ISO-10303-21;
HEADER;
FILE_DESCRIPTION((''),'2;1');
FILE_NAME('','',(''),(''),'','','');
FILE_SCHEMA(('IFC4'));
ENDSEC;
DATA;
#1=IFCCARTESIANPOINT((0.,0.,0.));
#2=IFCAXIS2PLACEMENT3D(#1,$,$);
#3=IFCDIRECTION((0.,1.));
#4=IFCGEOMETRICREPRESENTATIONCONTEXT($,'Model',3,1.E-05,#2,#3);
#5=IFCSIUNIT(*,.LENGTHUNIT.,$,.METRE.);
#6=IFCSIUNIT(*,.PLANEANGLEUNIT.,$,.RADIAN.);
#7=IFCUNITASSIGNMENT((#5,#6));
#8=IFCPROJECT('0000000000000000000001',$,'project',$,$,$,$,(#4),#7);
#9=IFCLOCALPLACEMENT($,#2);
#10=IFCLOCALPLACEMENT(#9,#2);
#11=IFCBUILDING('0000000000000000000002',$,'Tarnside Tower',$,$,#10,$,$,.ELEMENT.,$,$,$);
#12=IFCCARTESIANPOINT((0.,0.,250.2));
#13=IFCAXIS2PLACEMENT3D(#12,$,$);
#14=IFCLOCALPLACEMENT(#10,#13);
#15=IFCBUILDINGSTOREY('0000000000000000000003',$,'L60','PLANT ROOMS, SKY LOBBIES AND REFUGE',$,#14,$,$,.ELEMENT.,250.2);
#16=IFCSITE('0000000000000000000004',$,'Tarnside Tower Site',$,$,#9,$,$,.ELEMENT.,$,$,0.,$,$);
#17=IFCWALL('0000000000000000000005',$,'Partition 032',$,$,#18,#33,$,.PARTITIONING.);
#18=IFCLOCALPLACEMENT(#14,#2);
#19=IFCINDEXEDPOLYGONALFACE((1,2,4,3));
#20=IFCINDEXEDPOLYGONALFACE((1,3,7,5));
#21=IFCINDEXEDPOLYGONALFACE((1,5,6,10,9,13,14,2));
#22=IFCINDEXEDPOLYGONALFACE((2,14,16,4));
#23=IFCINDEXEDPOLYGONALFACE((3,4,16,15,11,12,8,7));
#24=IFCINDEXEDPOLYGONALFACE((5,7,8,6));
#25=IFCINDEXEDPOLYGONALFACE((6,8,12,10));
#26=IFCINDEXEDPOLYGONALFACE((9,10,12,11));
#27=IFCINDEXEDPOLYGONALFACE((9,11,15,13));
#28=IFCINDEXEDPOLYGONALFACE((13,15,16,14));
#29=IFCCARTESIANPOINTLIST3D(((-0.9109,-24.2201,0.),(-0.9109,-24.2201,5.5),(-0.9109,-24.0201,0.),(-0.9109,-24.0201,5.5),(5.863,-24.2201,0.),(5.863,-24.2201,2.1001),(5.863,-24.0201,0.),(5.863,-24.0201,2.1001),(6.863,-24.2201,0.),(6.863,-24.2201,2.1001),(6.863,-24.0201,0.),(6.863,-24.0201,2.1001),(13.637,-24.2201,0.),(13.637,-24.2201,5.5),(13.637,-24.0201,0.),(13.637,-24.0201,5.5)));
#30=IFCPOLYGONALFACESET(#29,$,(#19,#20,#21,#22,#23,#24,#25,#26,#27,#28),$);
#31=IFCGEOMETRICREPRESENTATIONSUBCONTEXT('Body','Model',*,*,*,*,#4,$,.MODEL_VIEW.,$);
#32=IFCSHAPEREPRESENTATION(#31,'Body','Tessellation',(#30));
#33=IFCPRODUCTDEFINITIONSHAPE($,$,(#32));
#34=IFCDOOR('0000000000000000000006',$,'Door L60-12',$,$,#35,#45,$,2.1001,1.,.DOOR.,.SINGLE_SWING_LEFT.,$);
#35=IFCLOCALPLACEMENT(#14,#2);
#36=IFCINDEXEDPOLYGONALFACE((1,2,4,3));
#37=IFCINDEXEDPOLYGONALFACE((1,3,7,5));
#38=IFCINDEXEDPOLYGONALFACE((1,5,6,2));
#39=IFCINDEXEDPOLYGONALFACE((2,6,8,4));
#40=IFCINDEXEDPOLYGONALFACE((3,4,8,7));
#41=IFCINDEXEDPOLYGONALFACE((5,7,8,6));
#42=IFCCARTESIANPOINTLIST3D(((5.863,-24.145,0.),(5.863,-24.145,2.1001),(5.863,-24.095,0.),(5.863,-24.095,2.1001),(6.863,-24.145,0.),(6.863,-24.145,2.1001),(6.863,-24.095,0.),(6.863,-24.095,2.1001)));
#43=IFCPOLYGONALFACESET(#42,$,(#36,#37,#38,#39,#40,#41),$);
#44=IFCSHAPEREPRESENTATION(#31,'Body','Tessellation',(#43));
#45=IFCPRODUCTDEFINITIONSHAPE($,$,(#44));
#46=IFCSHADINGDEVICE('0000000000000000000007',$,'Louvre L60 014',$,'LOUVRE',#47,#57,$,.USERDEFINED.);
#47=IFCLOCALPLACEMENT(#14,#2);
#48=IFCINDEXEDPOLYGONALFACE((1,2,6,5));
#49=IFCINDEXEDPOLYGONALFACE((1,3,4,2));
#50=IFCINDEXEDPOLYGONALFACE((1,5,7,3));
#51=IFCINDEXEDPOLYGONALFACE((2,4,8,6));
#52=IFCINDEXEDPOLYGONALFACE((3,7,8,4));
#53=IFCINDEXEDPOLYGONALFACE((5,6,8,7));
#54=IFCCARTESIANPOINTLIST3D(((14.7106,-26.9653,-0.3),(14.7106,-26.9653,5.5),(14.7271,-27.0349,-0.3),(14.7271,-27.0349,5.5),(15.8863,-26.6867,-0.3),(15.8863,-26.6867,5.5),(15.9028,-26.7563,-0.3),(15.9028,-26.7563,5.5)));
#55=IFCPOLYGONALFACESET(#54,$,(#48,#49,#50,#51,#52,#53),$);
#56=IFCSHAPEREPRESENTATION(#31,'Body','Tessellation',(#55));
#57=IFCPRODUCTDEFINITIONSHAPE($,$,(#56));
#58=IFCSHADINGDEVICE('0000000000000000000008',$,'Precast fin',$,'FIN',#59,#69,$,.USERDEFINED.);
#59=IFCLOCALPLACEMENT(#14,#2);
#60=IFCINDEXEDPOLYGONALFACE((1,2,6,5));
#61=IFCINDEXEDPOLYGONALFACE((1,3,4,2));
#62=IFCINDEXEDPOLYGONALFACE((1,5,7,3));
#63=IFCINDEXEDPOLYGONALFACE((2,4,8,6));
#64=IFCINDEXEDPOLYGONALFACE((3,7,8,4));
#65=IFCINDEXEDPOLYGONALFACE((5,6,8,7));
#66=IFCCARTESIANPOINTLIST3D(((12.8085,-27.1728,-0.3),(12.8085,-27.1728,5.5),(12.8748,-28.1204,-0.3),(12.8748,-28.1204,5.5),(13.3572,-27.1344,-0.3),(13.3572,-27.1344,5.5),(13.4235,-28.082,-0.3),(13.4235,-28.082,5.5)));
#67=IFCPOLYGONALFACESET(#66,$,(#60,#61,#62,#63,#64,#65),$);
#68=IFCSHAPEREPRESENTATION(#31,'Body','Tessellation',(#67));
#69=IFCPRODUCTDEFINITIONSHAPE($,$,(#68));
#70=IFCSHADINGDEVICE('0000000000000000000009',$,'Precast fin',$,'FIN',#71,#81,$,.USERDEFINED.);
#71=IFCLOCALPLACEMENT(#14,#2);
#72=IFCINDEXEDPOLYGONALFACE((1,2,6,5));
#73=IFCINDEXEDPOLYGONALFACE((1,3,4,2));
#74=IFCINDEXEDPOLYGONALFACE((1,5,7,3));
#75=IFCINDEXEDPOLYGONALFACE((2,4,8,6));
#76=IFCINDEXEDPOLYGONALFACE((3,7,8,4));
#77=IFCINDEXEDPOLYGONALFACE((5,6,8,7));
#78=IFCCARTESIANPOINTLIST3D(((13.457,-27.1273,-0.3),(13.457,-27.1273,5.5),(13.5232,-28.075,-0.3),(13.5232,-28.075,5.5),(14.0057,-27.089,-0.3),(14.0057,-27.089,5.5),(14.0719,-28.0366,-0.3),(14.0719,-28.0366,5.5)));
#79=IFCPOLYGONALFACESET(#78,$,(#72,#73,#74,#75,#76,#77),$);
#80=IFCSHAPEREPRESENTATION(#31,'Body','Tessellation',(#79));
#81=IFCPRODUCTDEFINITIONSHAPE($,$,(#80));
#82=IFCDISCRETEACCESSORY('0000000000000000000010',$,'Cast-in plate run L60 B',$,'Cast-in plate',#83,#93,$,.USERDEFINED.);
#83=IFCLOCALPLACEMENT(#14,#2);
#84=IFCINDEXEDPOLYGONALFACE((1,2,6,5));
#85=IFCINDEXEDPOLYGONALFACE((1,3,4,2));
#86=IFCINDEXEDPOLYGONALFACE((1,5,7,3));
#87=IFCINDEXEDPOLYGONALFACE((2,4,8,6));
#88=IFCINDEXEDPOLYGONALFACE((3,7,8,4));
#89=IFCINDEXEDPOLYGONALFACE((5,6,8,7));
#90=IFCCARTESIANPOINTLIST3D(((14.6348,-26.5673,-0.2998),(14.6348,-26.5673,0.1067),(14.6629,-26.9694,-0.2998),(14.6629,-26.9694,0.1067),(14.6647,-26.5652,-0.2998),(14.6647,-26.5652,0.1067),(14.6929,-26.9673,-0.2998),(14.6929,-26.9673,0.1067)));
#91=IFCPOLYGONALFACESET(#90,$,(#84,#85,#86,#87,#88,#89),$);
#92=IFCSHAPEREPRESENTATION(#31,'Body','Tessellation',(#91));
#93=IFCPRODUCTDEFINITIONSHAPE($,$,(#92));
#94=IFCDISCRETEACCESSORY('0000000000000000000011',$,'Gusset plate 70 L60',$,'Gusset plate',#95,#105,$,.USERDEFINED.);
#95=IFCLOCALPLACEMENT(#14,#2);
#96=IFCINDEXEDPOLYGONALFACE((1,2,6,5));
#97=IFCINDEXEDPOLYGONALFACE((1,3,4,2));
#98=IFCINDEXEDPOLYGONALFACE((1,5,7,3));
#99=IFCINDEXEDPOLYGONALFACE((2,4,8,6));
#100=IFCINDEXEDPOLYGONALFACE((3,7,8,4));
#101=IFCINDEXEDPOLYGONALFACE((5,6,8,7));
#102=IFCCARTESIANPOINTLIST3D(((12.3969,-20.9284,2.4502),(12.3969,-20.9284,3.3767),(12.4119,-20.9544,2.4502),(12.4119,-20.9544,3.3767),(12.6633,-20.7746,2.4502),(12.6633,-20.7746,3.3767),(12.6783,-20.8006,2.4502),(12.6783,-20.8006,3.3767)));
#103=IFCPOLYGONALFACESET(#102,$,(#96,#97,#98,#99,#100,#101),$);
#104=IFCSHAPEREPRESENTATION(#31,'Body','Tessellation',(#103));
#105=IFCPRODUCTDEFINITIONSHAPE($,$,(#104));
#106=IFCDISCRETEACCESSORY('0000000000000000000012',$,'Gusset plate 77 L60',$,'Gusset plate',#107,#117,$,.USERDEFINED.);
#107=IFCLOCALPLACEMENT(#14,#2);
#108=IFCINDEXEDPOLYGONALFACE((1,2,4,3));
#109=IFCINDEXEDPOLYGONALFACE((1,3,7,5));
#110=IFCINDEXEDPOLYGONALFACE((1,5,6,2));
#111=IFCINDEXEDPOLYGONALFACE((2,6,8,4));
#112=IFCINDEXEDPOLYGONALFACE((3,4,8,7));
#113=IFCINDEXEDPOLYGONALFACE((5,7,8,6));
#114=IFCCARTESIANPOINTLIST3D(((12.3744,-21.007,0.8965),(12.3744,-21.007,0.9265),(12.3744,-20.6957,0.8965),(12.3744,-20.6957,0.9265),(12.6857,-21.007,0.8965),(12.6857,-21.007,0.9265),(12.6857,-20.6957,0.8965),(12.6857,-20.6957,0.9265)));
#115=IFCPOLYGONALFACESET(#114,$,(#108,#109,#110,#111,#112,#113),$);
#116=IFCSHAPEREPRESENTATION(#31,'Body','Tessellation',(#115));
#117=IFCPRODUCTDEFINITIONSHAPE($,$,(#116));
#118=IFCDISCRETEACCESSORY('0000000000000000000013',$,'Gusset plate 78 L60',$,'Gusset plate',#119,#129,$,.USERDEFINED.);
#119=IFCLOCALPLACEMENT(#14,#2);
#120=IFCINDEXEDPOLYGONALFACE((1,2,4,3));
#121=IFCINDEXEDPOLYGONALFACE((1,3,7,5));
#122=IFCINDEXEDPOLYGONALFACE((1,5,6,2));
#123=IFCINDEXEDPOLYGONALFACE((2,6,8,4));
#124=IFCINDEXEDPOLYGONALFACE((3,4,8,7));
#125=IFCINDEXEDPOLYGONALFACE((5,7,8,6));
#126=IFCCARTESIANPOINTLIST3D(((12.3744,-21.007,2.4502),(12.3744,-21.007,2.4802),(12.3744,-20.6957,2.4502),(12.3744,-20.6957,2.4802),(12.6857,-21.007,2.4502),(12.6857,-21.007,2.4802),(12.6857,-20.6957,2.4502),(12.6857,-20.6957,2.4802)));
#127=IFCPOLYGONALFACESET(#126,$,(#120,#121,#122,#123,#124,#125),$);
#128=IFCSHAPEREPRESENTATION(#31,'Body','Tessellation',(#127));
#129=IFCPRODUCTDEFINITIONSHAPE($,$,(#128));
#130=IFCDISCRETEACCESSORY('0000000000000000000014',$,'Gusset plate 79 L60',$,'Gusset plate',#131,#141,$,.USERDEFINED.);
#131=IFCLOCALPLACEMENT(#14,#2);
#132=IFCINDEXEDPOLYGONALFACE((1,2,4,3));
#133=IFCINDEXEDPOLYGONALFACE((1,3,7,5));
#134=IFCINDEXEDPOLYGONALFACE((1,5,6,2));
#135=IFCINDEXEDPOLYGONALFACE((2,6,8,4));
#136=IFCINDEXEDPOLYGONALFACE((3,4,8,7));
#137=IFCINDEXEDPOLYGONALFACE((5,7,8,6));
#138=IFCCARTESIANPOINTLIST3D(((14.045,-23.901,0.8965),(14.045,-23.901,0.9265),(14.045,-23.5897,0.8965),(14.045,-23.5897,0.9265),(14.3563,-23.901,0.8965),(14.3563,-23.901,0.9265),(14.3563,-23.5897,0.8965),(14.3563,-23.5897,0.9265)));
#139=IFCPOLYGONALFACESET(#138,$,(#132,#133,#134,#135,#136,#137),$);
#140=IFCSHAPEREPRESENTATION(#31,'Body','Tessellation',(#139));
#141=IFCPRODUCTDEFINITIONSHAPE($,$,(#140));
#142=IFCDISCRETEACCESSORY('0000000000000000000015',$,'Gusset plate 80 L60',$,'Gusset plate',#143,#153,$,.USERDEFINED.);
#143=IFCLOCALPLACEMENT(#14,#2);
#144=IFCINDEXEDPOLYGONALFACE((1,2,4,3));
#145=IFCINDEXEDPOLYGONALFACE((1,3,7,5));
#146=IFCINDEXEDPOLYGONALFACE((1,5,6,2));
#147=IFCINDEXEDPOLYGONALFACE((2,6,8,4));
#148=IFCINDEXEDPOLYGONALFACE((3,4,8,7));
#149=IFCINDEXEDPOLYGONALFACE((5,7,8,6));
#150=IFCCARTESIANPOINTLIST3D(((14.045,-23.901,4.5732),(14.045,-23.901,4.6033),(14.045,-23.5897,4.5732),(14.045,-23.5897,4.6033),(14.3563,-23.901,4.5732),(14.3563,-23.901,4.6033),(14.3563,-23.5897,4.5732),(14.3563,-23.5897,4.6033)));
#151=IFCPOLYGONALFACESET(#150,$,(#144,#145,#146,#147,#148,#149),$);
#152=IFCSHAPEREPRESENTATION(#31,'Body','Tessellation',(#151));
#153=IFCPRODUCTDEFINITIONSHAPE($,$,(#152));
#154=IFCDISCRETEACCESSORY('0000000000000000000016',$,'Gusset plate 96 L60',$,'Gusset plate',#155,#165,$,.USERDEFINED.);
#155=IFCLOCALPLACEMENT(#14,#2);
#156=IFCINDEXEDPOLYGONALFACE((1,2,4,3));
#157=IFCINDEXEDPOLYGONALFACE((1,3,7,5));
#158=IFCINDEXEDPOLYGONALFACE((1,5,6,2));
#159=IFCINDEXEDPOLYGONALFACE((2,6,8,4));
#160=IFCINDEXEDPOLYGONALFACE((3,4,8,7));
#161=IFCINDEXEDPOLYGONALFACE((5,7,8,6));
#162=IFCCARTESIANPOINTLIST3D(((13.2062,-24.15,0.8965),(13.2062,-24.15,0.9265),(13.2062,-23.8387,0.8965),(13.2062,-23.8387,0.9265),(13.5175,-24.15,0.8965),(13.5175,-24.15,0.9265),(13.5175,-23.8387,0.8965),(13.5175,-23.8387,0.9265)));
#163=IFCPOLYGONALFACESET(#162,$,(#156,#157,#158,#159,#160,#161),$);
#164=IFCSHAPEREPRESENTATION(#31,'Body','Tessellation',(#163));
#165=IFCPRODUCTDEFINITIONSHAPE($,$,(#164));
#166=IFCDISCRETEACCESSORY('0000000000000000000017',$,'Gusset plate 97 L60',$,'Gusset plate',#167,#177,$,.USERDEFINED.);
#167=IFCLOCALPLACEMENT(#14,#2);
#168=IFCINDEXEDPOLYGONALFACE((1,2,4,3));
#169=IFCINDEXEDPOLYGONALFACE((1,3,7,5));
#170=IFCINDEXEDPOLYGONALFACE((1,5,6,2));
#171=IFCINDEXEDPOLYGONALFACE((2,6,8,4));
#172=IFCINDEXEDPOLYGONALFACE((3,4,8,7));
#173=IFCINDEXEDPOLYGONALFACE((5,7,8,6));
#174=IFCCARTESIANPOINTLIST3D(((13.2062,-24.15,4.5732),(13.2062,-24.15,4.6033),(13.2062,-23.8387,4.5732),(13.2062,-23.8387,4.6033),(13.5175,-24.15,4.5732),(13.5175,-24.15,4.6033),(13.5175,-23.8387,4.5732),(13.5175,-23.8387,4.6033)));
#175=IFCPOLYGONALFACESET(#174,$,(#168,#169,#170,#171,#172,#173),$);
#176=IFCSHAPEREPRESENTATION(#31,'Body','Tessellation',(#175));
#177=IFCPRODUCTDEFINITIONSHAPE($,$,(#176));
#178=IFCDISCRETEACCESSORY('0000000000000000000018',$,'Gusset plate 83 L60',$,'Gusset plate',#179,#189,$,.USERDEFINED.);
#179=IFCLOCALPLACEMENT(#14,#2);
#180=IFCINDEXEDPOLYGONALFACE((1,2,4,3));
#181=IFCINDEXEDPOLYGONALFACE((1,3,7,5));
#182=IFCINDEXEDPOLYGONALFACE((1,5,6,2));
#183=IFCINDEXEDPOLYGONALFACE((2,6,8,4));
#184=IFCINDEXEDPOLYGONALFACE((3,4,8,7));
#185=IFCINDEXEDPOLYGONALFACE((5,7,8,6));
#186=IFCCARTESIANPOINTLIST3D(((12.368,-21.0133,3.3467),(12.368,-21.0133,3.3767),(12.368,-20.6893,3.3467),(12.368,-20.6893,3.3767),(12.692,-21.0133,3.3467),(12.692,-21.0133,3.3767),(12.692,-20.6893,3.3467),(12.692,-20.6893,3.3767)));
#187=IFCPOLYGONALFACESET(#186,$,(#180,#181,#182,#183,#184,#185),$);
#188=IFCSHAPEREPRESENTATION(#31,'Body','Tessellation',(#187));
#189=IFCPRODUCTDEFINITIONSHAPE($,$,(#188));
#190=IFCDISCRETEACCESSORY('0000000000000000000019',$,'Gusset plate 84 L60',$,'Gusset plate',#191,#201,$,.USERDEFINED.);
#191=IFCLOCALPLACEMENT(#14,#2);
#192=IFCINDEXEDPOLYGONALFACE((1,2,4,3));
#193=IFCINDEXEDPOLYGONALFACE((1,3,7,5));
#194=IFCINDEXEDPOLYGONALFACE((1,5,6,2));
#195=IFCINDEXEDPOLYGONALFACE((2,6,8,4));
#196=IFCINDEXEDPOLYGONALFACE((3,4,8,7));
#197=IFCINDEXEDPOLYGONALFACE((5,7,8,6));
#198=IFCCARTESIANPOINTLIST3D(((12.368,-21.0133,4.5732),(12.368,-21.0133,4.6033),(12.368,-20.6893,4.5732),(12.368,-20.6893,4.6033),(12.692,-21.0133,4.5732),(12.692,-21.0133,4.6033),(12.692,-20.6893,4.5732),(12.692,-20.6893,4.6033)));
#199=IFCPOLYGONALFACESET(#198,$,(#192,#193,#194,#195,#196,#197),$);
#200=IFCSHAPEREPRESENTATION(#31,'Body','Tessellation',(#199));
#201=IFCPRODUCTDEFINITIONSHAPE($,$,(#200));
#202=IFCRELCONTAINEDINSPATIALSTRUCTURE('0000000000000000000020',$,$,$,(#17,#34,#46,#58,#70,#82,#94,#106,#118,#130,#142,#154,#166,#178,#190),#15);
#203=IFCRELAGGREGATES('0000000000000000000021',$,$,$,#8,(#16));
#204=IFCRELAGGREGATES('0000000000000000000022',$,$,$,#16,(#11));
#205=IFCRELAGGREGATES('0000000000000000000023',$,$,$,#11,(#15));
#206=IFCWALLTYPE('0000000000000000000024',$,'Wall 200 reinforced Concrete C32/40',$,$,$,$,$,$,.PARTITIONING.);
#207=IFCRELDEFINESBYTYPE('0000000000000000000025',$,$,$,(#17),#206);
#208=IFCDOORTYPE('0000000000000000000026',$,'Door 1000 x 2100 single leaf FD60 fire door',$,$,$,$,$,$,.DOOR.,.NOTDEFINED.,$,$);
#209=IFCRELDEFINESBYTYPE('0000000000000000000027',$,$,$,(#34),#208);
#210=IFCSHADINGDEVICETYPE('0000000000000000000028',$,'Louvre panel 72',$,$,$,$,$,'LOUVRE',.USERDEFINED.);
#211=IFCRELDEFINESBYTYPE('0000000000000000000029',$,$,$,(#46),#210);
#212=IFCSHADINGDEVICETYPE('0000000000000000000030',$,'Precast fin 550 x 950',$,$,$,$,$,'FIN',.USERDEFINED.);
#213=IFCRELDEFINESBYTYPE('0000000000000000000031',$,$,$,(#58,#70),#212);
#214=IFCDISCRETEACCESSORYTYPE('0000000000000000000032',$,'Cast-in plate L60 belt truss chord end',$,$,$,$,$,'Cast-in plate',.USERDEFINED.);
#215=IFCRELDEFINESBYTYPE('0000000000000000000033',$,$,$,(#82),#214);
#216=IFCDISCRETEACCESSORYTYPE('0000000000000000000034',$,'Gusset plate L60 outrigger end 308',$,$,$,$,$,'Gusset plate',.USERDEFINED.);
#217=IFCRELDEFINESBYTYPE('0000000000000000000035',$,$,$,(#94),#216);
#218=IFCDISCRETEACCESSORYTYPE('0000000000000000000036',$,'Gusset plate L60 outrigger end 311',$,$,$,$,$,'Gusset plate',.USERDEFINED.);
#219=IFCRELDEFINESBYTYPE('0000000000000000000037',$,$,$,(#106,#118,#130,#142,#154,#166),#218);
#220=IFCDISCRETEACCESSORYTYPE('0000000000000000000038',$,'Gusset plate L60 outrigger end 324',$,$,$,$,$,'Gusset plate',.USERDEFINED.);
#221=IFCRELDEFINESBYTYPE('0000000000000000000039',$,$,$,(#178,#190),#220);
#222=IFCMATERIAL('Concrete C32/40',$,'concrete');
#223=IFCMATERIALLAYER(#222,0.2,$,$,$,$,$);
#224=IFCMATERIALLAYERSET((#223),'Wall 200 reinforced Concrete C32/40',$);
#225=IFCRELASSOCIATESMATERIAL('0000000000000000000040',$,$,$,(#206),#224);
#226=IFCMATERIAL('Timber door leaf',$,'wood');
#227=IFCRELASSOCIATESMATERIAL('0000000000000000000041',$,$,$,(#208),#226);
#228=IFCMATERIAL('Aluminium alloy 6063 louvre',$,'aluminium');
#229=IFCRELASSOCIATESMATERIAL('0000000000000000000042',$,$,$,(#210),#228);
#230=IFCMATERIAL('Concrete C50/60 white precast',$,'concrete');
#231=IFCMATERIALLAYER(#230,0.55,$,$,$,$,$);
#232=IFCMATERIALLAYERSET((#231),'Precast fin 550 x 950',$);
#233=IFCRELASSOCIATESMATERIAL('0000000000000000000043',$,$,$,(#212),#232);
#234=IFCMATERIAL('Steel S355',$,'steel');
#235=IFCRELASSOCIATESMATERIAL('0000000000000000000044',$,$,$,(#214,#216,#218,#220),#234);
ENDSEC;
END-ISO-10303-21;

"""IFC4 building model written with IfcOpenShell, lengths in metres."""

from ifc_helpers import new_model, si_unit, direction, frame, frame_2d, origin, origin_2d, place, context, subcontext, project, spatial, polyline, rectangle, outline, extrude, material, layer, layer_set, type_object, element, fill, save


model = new_model("IFC4")

# Units and contexts
model_context = context("Model", 3, precision=1e-05, world=origin(), true_north=direction((0.0, 1.0)))
body_context = subcontext(model_context, "Body", "Model", "MODEL_VIEW")
ifc_project = project(units=[si_unit("LENGTHUNIT", "METRE"), si_unit("PLANEANGLEUNIT", "RADIAN")], contexts=[model_context])

# Site, building, storey
site_placement = place(None, origin())
site = spatial("IfcSite", under=ifc_project, at=site_placement, Name="Tarnside Tower Site", CompositionType="ELEMENT", RefElevation=0.0)
building_placement = place(site_placement, origin())
building = spatial("IfcBuilding", under=site, at=building_placement, Name="Tarnside Tower", CompositionType="ELEMENT")
storey_placement = place(building_placement, frame((0.0, 0.0, 250.2)))
storey = spatial("IfcBuildingStorey", under=building, at=storey_placement, Name="L60", Description="PLANT ROOMS, SKY LOBBIES AND REFUGE", CompositionType="ELEMENT", Elevation=250.2)

# Shared definitions
ifc_material_1 = material(Name="Steel S355", Category="steel")

# Wall, opening, door
ifc_material_2 = material(Name="Concrete C32/40", Category="concrete")
ifc_layer_1 = layer(ifc_material_2, 0.2)
ifc_layer_set_1 = layer_set([ifc_layer_1], Name="Wall 200 reinforced Concrete C32/40")
wall_type_1 = type_object("IfcWallType", Name="Wall 200 reinforced Concrete C32/40", PredefinedType="PARTITIONING", material=ifc_layer_set_1)
wall_1_placement = place(storey_placement, frame((13.637, -24.1201, 0.0), z_axis=(0.0, 0.0, 1.0), x_axis=(-1.0, 0.0, 0.0)))
wall_1 = element("IfcWall", 1, at=wall_1_placement, inside=storey, type_object=wall_type_1, Name="Partition 032", PredefinedType="PARTITIONING", context=body_context, shape_type="SweptSolid", body=[
    extrude(rectangle(XDim=14.5479, YDim=0.2, at=frame_2d((7.2739, 0.0))), origin(), (0.0, 0.0, 1.0), 5.5),
])
opening_placement = place(wall_1_placement, frame((6.7739, 0.0, 0.0)))
opening = element("IfcOpeningElement", 2, at=opening_placement, cuts=wall_1, PredefinedType="OPENING", context=body_context, shape_type="SweptSolid", body=[
    extrude(rectangle(XDim=1.0, YDim=2.1001, at=frame_2d((0.5, 1.05))), frame((0.0, 0.1099, 0.0), z_axis=(0.0, -1.0, 0.0), x_axis=(1.0, 0.0, 0.0)), (0.0, 0.0, 1.0), 0.22),
])
ifc_material_3 = material(Name="Timber door leaf", Category="wood")
door_type = type_object("IfcDoorType", Name="Door 1000 x 2100 single leaf FD60 fire door", OperationType="NOTDEFINED", PredefinedType="DOOR", material=ifc_material_3)
door_placement = place(opening_placement, origin())
door = element("IfcDoor", 3, at=door_placement, inside=storey, type_object=door_type, Name="Door L60-12", OperationType="SINGLE_SWING_LEFT", OverallHeight=2.1001, OverallWidth=1.0, PredefinedType="DOOR", context=body_context, shape_type="SweptSolid", body=[
    extrude(rectangle(XDim=1.0, YDim=2.1001, at=frame_2d((0.5, 1.05))), frame((0.0, 0.0249, 0.0), z_axis=(0.0, -1.0, 0.0), x_axis=(1.0, 0.0, 0.0)), (0.0, 0.0, 1.0), 0.05),
])
fill(opening, door)

# Shading devices
ifc_material_4 = material(Name="Aluminium alloy 6063 louvre", Category="aluminium")
shading_device_type_1 = type_object("IfcShadingDeviceType", Name="Louvre panel 72", ElementType="LOUVRE", PredefinedType="USERDEFINED", material=ifc_material_4)
shading_device_placement = place(storey_placement, frame((15.2986, -26.8259, -0.3), z_axis=(-0.973053, -0.23058, 0.0), x_axis=(0.23058, -0.973053, 0.0)))
element("IfcShadingDevice", 4, at=shading_device_placement, inside=storey, type_object=shading_device_type_1, Name="Louvre L60 014", ObjectType="LOUVRE", PredefinedType="USERDEFINED", context=body_context, shape_type="SweptSolid", body=[
    extrude(outline(polyline([(0.0, 0.0), (0.0715, 0.0), (0.0715, 5.8), (0.0, 5.8), (0.0, 0.0)])), frame((0.0, 0.0, -0.604)), (0.0, 0.0, 1.0), 1.2083),
])
ifc_material_5 = material(Name="Concrete C50/60 white precast", Category="concrete")
ifc_layer_2 = layer(ifc_material_5, 0.55)
ifc_layer_set_2 = layer_set([ifc_layer_2], Name="Precast fin 550 x 950")
shading_device_type_2 = type_object("IfcShadingDeviceType", Name="Precast fin 550 x 950", ElementType="FIN", PredefinedType="USERDEFINED", material=ifc_layer_set_2)
for number, where, z_axis, x_axis, name in (
    (5, (13.083, -27.1536, -0.3), (-0.997564, -0.069756, 0.0), (0.069756, -0.997564, 0.0), "Precast fin"),
    (6, (13.7314, -27.1082, -0.3), (-0.997564, -0.069756, 0.0), (0.069756, -0.997564, 0.0), "Precast fin"),
):
    element("IfcShadingDevice", number, at=place(storey_placement, frame(where, z_axis=z_axis, x_axis=x_axis)), inside=storey, type_object=shading_device_type_2, Name=name, ObjectType="FIN", PredefinedType="USERDEFINED", context=body_context, shape_type="SweptSolid", body=[
        extrude(outline(polyline([(0.0, 0.0), (0.95, 0.0), (0.95, 5.8), (0.0, 5.8), (0.0, 0.0)])), frame((0.0, 0.0, -0.2749)), (0.0, 0.0, 1.0), 0.55),
    ])

# Discrete accessories
discrete_accessory_type_1 = type_object("IfcDiscreteAccessoryType", Name="Cast-in plate L60 belt truss chord end", ElementType="Cast-in plate", PredefinedType="USERDEFINED", material=ifc_material_1)
discrete_accessory_1_placement = place(storey_placement, frame((14.6638, -26.7673, -0.2998), z_axis=(0.0, 0.0, 1.0), x_axis=(0.997564, 0.069756, 0.0)))
element("IfcDiscreteAccessory", 7, at=discrete_accessory_1_placement, inside=storey, type_object=discrete_accessory_type_1, Name="Cast-in plate run L60 B", ObjectType="Cast-in plate", PredefinedType="USERDEFINED", context=body_context, shape_type="SweptSolid", body=[
    extrude(rectangle(XDim=0.03, YDim=0.4031, at=origin_2d()), origin(), (0.0, 0.0, 1.0), 0.4065),
])
discrete_accessory_type_2 = type_object("IfcDiscreteAccessoryType", Name="Gusset plate L60 outrigger end 308", ElementType="Gusset plate", PredefinedType="USERDEFINED", material=ifc_material_1)
discrete_accessory_2_placement = place(storey_placement, frame((12.5376, -20.8645, 2.4502), z_axis=(0.0, 0.0, 1.0), x_axis=(0.500002, -0.866025, 0.0)))
element("IfcDiscreteAccessory", 8, at=discrete_accessory_2_placement, inside=storey, type_object=discrete_accessory_type_2, Name="Gusset plate 70 L60", ObjectType="Gusset plate", PredefinedType="USERDEFINED", context=body_context, shape_type="SweptSolid", body=[
    extrude(rectangle(XDim=0.03, YDim=0.3076, at=origin_2d()), origin(), (0.0, 0.0, 1.0), 0.9265),
])
discrete_accessory_type_3 = type_object("IfcDiscreteAccessoryType", Name="Gusset plate L60 outrigger end 311", ElementType="Gusset plate", PredefinedType="USERDEFINED", material=ifc_material_1)
for number, where, z_axis, x_axis, name in (
    (9, (12.53, -20.8513, 0.8965), (0.0, 0.0, 1.0), (1.0, 0.0, 0.0), "Gusset plate 77 L60"),
    (10, (12.53, -20.8513, 2.4502), (0.0, 0.0, 1.0), (1.0, 0.0, 0.0), "Gusset plate 78 L60"),
    (11, (14.2007, -23.7454, 0.8965), (0.0, 0.0, 1.0), (1.0, 0.0, 0.0), "Gusset plate 79 L60"),
    (12, (14.2007, -23.7454, 4.5732), (0.0, 0.0, 1.0), (1.0, 0.0, 0.0), "Gusset plate 80 L60"),
    (13, (13.3618, -23.9944, 0.8965), (0.0, 0.0, 1.0), (1.0, 0.0, 0.0), "Gusset plate 96 L60"),
    (14, (13.3618, -23.9944, 4.5732), (0.0, 0.0, 1.0), (1.0, 0.0, 0.0), "Gusset plate 97 L60"),
):
    element("IfcDiscreteAccessory", number, at=place(storey_placement, frame(where, z_axis=z_axis, x_axis=x_axis)), inside=storey, type_object=discrete_accessory_type_3, Name=name, ObjectType="Gusset plate", PredefinedType="USERDEFINED", context=body_context, shape_type="SweptSolid", body=[
        extrude(rectangle(XDim=0.3113, YDim=0.3113, at=origin_2d()), origin(), (0.0, 0.0, 1.0), 0.03),
    ])
discrete_accessory_type_4 = type_object("IfcDiscreteAccessoryType", Name="Gusset plate L60 outrigger end 324", ElementType="Gusset plate", PredefinedType="USERDEFINED", material=ifc_material_1)
for number, where, z_axis, x_axis, name in (
    (15, (12.53, -20.8513, 3.3467), (0.0, 0.0, 1.0), (1.0, 0.0, 0.0), "Gusset plate 83 L60"),
    (16, (12.53, -20.8513, 4.5732), (0.0, 0.0, 1.0), (1.0, 0.0, 0.0), "Gusset plate 84 L60"),
):
    element("IfcDiscreteAccessory", number, at=place(storey_placement, frame(where, z_axis=z_axis, x_axis=x_axis)), inside=storey, type_object=discrete_accessory_type_4, Name=name, ObjectType="Gusset plate", PredefinedType="USERDEFINED", context=body_context, shape_type="SweptSolid", body=[
        extrude(rectangle(XDim=0.324, YDim=0.324, at=origin_2d()), origin(), (0.0, 0.0, 1.0), 0.03),
    ])

save(model, "model.ifc")
